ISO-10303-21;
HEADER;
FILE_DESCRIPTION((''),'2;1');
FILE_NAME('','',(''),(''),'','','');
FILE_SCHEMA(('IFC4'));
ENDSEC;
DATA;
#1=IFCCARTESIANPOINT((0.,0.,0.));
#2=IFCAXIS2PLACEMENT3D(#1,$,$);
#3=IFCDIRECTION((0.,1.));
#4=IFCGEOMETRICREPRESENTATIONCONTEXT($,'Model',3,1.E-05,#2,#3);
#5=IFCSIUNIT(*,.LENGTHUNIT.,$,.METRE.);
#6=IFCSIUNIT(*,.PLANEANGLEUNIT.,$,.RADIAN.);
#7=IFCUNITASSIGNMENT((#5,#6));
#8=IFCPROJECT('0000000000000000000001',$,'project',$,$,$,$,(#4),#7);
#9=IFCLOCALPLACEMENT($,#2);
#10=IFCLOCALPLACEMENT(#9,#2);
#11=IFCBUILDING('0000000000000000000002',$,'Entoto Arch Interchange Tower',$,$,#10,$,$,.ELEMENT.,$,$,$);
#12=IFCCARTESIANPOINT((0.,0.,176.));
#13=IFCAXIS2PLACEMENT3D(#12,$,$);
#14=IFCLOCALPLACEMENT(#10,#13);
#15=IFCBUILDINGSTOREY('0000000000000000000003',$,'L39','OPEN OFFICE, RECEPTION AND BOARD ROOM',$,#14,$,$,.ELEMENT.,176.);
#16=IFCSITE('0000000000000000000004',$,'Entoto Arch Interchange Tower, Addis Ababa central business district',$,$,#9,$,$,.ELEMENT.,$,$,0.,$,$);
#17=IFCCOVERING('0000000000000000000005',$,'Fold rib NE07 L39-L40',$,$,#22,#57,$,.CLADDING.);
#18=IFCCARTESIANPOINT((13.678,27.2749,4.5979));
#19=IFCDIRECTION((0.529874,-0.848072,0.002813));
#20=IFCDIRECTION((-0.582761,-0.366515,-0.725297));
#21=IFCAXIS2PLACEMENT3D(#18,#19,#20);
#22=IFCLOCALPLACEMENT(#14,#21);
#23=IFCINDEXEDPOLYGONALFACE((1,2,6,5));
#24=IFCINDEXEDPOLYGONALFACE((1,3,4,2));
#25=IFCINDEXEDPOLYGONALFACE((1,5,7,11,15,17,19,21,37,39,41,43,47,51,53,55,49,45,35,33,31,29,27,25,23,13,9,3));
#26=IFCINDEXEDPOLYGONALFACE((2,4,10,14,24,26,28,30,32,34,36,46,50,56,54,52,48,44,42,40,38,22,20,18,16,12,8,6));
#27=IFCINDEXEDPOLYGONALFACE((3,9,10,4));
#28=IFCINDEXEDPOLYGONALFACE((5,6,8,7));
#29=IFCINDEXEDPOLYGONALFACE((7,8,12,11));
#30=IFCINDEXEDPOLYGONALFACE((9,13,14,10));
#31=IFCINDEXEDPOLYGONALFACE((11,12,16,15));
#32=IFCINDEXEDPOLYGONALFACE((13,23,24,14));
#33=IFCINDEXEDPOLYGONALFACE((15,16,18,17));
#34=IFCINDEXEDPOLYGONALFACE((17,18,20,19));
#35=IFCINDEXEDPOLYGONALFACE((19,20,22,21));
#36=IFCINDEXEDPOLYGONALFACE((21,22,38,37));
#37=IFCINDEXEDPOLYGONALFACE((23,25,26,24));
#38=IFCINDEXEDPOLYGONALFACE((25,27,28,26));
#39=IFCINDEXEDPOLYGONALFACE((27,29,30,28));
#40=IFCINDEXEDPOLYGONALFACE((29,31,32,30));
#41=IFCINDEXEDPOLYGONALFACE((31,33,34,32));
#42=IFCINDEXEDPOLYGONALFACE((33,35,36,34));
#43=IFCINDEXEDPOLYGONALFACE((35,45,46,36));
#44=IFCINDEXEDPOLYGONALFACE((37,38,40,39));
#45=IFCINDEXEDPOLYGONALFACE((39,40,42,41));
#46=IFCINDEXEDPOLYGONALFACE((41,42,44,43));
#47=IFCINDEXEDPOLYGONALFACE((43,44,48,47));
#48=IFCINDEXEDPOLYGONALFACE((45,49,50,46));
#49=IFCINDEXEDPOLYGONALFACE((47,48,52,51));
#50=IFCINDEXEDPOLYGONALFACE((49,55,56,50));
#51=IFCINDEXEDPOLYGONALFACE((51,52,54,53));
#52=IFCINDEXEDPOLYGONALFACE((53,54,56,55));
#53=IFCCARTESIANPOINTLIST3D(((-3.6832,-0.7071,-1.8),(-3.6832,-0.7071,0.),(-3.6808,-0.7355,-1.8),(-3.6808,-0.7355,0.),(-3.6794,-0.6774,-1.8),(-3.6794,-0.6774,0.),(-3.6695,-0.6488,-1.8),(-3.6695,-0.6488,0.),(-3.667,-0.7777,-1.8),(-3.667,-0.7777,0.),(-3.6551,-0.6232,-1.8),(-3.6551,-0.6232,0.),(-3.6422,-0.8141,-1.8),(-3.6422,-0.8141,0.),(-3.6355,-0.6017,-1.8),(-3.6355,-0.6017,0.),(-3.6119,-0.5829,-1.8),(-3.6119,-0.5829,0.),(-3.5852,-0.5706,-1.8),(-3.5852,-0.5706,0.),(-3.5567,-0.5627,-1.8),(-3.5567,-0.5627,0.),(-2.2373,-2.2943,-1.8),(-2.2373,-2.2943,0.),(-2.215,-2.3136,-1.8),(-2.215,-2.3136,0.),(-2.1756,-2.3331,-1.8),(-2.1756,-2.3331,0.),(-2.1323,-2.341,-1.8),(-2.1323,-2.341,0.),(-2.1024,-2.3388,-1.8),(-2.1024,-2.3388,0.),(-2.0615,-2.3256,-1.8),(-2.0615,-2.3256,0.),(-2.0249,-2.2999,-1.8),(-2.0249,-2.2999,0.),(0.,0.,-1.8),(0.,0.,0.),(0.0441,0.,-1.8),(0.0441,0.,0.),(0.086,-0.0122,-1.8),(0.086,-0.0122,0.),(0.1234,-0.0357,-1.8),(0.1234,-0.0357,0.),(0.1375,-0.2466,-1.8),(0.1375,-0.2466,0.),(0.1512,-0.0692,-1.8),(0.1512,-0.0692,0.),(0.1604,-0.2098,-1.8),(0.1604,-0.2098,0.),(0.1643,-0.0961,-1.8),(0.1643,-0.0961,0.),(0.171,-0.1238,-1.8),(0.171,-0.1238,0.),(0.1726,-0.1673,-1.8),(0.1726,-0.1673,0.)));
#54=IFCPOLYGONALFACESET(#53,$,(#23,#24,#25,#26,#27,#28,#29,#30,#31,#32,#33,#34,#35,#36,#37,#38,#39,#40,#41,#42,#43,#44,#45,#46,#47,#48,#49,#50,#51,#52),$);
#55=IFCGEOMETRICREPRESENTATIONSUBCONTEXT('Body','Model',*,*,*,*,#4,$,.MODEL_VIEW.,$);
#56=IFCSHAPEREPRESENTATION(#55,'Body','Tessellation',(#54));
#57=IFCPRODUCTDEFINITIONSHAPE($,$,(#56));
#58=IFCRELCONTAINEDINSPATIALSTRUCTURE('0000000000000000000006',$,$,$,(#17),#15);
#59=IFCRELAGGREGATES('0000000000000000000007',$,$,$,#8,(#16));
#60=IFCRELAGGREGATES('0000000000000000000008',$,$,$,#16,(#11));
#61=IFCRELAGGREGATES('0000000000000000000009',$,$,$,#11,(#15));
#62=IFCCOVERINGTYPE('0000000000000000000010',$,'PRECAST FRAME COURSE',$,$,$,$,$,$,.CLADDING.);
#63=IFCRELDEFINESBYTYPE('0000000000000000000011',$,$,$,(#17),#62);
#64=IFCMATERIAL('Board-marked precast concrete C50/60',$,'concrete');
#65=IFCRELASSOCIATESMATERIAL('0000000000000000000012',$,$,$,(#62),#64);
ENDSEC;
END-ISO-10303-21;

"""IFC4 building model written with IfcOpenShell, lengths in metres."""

from ifc_helpers import new_model, si_unit, direction, frame, origin, place, context, subcontext, project, spatial, polyline, outline, extrude, material, type_object, element, save


model = new_model("IFC4")

# Units and contexts
model_context = context("Model", 3, precision=1e-05, world=origin(), true_north=direction((0.0, 1.0)))
body_context = subcontext(model_context, "Body", "Model", "MODEL_VIEW")
ifc_project = project(units=[si_unit("LENGTHUNIT", "METRE"), si_unit("PLANEANGLEUNIT", "RADIAN")], contexts=[model_context])

# Site, building, storey
site_placement = place(None, origin())
site = spatial("IfcSite", under=ifc_project, at=site_placement, Name="Entoto Arch Interchange Tower, Addis Ababa central business district", CompositionType="ELEMENT", RefElevation=0.0)
building_placement = place(site_placement, origin())
building = spatial("IfcBuilding", under=site, at=building_placement, Name="Entoto Arch Interchange Tower", CompositionType="ELEMENT")
storey_placement = place(building_placement, frame((0.0, 0.0, 176.0)))
storey = spatial("IfcBuildingStorey", under=building, at=storey_placement, Name="L39", Description="OPEN OFFICE, RECEPTION AND BOARD ROOM", CompositionType="ELEMENT", Elevation=176.0)

# Shared definitions
ifc_material_1 = material(Name="Board-marked precast concrete C50/60", Category="concrete")

# Covering
covering_type = type_object("IfcCoveringType", Name="PRECAST FRAME COURSE", PredefinedType="CLADDING", material=ifc_material_1)
covering_placement = place(storey_placement, frame((13.678, 27.2749, 4.5979), z_axis=(0.529874, -0.848072, 0.002813), x_axis=(-0.582761, -0.366515, -0.725297)))
element("IfcCovering", 1, at=covering_placement, inside=storey, type_object=covering_type, Name="Fold rib NE07 L39-L40", PredefinedType="CLADDING", context=body_context, shape_type="SweptSolid", body=[
    extrude(outline(polyline([(0.0, 0.0), (0.0441, 0.0), (0.086, -0.0122), (0.1234, -0.0357), (0.1512, -0.0692), (0.1643, -0.0961), (0.171, -0.1238), (0.1726, -0.1673), (0.1604, -0.2098), (0.1375, -0.2466), (-2.0249, -2.2999), (-2.0615, -2.3256), (-2.1024, -2.3388), (-2.1323, -2.341), (-2.1756, -2.3331), (-2.215, -2.3136), (-2.2373, -2.2943), (-3.6422, -0.8141), (-3.667, -0.7777), (-3.6808, -0.7355), (-3.6832, -0.7071), (-3.6794, -0.6774), (-3.6695, -0.6488), (-3.6551, -0.6232), (-3.6355, -0.6017), (-3.6119, -0.5829), (-3.5852, -0.5706), (-3.5567, -0.5627), (0.0, 0.0)])), origin(), (0.0, 0.0, -1.0), 1.8),
])

save(model, "model.ifc")
